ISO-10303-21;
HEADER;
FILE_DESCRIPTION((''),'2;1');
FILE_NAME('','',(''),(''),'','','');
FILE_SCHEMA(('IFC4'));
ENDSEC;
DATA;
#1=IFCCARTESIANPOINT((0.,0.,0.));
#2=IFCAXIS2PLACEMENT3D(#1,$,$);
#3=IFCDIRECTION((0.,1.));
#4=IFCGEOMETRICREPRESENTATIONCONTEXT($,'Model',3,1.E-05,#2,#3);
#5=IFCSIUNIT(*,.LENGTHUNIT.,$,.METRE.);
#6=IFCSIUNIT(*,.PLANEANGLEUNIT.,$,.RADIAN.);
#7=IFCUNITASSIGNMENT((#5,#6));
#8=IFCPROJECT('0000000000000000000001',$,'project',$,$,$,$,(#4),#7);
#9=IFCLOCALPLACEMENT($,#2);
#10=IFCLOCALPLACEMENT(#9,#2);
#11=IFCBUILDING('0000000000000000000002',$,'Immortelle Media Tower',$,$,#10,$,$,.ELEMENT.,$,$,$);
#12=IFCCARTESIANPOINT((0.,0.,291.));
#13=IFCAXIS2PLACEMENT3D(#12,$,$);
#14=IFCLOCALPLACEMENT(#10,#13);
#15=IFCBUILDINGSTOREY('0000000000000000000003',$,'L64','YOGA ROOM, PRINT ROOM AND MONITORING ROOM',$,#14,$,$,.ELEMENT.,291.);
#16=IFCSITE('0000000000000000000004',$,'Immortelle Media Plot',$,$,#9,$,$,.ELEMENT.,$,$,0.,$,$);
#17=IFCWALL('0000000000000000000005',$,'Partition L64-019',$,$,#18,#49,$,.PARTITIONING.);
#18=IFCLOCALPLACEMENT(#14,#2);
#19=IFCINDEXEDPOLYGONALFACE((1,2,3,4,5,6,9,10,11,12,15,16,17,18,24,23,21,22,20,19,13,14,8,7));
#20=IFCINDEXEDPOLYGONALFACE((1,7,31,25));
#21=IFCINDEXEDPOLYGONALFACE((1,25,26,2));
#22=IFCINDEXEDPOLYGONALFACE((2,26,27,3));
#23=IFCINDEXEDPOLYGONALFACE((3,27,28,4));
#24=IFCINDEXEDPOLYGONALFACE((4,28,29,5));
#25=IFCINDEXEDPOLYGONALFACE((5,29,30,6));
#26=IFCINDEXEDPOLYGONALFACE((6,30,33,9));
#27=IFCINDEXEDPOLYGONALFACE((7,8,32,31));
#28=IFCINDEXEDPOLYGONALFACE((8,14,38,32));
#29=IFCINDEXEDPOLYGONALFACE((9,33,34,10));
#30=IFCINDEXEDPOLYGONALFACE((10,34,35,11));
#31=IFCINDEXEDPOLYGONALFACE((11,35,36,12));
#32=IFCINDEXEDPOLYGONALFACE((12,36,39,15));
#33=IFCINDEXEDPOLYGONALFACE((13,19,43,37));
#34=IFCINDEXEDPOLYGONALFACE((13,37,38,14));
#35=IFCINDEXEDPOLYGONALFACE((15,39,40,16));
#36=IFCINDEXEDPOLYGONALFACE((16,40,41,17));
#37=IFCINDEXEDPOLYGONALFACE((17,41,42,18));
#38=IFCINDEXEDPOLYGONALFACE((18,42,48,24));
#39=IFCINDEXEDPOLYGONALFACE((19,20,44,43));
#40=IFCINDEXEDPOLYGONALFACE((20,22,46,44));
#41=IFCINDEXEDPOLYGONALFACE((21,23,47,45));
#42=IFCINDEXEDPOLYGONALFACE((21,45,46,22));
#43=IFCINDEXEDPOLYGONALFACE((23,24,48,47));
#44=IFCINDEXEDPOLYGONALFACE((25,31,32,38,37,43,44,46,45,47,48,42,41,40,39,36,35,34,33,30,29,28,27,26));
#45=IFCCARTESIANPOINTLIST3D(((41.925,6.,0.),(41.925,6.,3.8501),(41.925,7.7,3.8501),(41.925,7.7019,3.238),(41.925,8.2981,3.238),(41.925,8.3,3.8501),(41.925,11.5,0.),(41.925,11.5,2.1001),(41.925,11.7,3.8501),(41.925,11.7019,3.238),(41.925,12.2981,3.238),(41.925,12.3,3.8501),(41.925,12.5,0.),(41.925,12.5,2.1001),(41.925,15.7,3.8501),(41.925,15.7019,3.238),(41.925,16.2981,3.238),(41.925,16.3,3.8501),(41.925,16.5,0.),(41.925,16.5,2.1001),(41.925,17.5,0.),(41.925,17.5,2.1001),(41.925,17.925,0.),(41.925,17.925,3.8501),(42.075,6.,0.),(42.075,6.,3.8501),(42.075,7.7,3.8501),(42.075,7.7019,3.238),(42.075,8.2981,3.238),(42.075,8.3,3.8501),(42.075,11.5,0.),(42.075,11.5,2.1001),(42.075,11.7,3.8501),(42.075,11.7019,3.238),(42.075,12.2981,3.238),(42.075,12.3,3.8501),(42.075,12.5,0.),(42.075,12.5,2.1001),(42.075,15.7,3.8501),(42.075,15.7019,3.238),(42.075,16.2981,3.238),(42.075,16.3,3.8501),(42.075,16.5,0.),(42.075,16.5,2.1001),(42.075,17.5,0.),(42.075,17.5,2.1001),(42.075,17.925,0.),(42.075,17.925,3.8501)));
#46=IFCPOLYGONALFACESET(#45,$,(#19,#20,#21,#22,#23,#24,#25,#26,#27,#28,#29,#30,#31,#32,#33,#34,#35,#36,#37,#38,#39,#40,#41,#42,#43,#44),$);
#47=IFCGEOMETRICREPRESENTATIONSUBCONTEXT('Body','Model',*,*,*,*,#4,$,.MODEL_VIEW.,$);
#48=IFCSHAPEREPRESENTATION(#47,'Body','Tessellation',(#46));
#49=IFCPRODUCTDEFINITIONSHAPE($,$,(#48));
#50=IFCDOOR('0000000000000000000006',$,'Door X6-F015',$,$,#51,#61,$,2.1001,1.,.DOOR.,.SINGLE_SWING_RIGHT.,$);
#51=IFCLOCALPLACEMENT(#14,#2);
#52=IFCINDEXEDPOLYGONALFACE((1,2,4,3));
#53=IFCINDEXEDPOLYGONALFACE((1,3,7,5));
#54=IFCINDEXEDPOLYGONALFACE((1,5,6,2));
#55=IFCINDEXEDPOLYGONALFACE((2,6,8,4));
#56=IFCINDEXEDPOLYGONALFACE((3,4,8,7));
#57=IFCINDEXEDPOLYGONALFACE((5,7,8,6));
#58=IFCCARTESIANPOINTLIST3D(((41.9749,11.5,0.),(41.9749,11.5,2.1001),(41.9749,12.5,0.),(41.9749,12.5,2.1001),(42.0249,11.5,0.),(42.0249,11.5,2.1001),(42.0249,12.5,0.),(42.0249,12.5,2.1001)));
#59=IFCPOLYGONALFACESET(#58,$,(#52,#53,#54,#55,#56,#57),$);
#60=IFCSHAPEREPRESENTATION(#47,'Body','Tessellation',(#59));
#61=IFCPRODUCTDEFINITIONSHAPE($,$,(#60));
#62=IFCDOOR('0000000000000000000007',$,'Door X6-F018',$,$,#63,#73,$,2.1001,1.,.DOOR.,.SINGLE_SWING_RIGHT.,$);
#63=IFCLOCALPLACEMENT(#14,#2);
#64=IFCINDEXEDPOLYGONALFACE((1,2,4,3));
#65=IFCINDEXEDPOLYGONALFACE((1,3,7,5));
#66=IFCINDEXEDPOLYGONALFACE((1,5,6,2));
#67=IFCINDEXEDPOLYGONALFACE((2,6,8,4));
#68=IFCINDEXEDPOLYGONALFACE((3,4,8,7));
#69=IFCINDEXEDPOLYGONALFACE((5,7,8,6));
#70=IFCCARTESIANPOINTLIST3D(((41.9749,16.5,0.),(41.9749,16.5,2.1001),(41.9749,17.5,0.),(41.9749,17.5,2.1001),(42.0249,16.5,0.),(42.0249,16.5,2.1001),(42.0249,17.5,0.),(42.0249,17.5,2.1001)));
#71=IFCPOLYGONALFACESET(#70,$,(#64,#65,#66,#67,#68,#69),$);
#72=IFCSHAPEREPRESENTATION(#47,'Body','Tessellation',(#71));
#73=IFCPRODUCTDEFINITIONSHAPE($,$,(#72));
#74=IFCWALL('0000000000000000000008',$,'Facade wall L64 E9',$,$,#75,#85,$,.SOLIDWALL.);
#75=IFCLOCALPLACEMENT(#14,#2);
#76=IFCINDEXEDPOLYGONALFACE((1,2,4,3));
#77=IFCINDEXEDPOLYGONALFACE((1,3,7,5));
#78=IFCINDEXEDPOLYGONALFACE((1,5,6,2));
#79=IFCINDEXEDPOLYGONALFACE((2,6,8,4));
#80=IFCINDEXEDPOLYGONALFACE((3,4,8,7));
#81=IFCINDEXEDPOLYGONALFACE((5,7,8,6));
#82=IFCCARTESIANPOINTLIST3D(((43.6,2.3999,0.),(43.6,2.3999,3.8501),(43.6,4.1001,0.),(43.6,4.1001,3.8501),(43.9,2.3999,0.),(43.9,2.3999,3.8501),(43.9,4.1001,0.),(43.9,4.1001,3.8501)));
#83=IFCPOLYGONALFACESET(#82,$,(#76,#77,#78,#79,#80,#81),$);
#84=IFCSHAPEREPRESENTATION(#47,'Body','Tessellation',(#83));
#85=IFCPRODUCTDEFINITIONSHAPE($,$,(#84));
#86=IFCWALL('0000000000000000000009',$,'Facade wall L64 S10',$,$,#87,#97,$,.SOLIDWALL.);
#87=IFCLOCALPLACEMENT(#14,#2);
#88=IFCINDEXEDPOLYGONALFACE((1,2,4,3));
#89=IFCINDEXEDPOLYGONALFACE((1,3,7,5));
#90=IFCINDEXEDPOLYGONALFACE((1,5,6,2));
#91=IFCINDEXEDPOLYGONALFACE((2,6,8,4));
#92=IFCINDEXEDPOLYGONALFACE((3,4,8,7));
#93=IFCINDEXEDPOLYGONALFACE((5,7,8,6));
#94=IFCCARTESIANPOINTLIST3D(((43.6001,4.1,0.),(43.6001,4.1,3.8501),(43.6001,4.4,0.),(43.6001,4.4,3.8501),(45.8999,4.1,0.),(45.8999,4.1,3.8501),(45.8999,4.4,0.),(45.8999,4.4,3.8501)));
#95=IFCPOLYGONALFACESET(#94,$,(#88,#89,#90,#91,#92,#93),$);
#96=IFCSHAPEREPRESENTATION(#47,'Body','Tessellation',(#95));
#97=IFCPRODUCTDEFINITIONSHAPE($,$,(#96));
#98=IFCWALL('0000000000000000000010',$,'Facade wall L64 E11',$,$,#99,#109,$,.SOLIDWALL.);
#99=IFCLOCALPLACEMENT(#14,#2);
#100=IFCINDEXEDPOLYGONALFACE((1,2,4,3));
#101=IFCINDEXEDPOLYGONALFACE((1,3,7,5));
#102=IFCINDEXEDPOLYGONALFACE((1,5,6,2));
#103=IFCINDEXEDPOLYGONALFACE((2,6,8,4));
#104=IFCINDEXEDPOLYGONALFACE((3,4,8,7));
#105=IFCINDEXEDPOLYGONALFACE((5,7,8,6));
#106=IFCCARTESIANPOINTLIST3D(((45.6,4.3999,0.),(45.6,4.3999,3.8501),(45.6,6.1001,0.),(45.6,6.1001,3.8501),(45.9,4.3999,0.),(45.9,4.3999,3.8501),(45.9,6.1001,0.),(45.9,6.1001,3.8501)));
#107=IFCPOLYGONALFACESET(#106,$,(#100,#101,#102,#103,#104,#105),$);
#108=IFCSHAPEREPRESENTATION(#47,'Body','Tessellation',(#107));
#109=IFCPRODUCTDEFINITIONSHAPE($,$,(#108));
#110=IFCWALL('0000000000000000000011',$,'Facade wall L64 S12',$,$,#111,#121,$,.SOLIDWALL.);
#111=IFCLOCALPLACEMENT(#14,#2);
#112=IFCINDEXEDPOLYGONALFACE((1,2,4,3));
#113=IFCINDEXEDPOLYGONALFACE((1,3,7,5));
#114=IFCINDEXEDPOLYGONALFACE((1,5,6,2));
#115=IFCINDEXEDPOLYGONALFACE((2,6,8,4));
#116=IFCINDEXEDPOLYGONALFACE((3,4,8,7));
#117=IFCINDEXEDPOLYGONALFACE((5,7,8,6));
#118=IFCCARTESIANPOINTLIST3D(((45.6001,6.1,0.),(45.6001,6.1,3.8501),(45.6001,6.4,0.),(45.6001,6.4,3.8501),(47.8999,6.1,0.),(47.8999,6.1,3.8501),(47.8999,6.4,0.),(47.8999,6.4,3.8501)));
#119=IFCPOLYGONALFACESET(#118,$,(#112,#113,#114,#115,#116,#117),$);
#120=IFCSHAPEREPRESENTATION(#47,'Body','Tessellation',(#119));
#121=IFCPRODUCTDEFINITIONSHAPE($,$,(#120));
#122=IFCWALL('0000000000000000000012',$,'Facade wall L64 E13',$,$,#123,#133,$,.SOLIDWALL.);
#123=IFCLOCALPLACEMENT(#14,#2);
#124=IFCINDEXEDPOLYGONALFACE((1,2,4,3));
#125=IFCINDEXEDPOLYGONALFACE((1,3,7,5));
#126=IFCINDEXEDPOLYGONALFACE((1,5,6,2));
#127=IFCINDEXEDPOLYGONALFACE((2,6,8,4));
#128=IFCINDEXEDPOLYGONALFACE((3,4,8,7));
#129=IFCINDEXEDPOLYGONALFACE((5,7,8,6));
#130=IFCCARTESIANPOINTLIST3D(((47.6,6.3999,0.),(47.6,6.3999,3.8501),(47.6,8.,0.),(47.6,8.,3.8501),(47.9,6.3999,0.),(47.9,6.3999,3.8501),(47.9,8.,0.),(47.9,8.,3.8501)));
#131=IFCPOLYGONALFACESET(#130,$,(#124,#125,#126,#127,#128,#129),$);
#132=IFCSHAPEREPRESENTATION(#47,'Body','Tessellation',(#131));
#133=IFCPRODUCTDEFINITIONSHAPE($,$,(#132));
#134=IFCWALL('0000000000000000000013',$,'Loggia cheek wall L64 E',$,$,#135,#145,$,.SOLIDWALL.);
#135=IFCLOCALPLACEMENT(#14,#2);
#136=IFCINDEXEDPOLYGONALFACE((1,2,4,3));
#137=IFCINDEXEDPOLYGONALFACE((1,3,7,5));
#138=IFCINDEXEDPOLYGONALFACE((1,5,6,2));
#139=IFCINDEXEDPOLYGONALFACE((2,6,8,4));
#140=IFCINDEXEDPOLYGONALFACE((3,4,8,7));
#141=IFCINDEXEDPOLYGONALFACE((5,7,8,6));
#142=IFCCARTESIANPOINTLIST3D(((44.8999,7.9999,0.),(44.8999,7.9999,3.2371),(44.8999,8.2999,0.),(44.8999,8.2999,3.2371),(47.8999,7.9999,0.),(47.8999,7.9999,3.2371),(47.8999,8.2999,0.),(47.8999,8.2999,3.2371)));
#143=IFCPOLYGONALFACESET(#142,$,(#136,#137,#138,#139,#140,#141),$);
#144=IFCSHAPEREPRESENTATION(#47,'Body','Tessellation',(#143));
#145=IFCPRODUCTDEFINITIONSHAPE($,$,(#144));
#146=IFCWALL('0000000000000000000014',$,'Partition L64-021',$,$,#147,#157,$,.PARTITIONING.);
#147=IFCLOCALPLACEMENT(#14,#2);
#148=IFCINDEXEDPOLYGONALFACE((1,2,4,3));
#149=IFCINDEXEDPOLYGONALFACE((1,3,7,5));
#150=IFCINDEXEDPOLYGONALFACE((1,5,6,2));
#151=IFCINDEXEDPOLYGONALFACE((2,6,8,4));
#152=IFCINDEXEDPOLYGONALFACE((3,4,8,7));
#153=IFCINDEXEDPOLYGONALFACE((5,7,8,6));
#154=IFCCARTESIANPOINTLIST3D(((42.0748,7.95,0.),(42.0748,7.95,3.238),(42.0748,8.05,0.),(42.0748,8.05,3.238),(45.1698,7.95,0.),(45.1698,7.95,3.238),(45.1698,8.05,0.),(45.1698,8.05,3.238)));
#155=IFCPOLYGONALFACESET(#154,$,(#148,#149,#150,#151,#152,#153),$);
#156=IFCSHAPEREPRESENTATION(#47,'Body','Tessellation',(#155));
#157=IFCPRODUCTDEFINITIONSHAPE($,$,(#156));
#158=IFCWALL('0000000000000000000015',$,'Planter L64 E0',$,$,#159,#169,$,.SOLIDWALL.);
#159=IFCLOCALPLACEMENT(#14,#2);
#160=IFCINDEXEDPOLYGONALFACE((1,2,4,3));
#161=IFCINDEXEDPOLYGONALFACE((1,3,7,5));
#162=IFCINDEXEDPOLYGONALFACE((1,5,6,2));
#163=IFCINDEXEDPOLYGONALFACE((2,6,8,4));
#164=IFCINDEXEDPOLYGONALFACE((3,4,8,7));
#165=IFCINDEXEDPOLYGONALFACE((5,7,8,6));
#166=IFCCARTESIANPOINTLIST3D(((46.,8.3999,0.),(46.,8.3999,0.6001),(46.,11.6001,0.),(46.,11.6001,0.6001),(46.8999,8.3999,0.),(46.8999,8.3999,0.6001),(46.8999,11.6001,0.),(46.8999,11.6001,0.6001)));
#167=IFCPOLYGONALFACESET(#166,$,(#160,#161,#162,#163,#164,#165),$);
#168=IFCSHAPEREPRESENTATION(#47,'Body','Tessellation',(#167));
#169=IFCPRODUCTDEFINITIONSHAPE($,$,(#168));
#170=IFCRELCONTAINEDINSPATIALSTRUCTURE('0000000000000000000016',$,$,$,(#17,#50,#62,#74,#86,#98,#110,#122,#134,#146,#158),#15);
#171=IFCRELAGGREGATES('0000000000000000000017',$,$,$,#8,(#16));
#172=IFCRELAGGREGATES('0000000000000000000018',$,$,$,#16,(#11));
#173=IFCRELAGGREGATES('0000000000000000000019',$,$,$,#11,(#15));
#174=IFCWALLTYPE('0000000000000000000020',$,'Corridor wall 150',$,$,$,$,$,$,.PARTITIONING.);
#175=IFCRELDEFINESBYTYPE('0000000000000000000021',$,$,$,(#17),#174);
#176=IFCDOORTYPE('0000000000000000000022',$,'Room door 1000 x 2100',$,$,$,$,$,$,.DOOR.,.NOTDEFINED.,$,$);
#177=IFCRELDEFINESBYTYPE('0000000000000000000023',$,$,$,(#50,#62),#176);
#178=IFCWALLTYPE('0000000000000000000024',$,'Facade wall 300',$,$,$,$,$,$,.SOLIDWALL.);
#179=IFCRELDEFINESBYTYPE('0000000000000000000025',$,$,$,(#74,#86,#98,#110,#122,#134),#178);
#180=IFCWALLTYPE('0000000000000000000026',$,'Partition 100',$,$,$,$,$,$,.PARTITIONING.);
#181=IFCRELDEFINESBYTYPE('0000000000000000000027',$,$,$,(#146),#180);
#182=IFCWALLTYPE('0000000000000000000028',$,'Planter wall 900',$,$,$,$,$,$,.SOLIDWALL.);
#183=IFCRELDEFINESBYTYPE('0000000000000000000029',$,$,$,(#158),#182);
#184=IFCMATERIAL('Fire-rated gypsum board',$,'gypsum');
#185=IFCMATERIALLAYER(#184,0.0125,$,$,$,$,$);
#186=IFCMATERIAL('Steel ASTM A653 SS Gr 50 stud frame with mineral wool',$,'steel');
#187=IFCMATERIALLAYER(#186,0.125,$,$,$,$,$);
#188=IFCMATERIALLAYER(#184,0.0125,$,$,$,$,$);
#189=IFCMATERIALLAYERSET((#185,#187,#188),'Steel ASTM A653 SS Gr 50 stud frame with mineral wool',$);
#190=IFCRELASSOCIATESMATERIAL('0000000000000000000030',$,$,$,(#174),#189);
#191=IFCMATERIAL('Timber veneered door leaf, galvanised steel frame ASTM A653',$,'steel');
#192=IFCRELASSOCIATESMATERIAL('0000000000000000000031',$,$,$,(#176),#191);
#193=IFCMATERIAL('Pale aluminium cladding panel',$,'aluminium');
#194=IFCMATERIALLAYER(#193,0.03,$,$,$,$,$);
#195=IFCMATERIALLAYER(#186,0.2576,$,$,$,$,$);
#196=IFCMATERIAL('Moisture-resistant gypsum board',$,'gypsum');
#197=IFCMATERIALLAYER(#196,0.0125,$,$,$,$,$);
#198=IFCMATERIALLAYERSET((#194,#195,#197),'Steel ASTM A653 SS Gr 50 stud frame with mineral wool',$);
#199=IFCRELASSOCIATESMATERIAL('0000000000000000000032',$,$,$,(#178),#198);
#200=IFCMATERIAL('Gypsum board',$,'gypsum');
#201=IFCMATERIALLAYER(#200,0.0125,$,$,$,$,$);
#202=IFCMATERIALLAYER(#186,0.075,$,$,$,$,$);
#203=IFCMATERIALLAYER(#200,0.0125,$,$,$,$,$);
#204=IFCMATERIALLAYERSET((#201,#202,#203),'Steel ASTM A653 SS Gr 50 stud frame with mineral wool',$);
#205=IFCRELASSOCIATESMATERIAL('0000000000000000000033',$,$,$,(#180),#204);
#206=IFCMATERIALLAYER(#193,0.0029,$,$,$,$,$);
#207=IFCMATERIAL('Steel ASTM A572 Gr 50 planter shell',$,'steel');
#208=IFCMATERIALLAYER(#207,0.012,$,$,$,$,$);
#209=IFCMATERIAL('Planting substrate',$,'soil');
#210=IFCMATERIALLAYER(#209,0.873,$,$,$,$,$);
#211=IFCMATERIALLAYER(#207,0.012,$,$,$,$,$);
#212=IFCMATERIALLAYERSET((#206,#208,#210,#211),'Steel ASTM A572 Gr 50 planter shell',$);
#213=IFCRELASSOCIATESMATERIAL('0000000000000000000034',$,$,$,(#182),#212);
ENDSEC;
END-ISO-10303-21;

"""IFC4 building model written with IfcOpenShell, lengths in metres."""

from ifc_helpers import new_model, si_unit, direction, frame, frame_2d, origin, place, context, subcontext, project, spatial, polyline, rectangle, outline, extrude, material, layer, layer_set, type_object, element, fill, save


model = new_model("IFC4")

# Units and contexts
model_context = context("Model", 3, precision=1e-05, world=origin(), true_north=direction((0.0, 1.0)))
body_context = subcontext(model_context, "Body", "Model", "MODEL_VIEW")
ifc_project = project(units=[si_unit("LENGTHUNIT", "METRE"), si_unit("PLANEANGLEUNIT", "RADIAN")], contexts=[model_context])

# Site, building, storey
site_placement = place(None, origin())
site = spatial("IfcSite", under=ifc_project, at=site_placement, Name="Immortelle Media Plot", CompositionType="ELEMENT", RefElevation=0.0)
building_placement = place(site_placement, origin())
building = spatial("IfcBuilding", under=site, at=building_placement, Name="Immortelle Media Tower", CompositionType="ELEMENT")
storey_placement = place(building_placement, frame((0.0, 0.0, 291.0)))
storey = spatial("IfcBuildingStorey", under=building, at=storey_placement, Name="L64", Description="YOGA ROOM, PRINT ROOM AND MONITORING ROOM", CompositionType="ELEMENT", Elevation=291.0)

# Wall, openings, doors
ifc_material_1 = material(Name="Fire-rated gypsum board", Category="gypsum")
ifc_layer_1 = layer(ifc_material_1, 0.0125)
ifc_material_2 = material(Name="Steel ASTM A653 SS Gr 50 stud frame with mineral wool", Category="steel")
ifc_layer_2 = layer(ifc_material_2, 0.125)
ifc_layer_3 = layer(ifc_material_1, 0.0125)
ifc_layer_set_1 = layer_set([ifc_layer_1, ifc_layer_2, ifc_layer_3], Name="Steel ASTM A653 SS Gr 50 stud frame with mineral wool")
wall_type_1 = type_object("IfcWallType", Name="Corridor wall 150", PredefinedType="PARTITIONING", material=ifc_layer_set_1)
wall_1_placement = place(storey_placement, frame((42.0, 6.0, 0.0), z_axis=(0.0, 0.0, 1.0), x_axis=(0.0, 1.0, 0.0)))
wall_1 = element("IfcWall", 1, at=wall_1_placement, inside=storey, type_object=wall_type_1, Name="Partition L64-019", PredefinedType="PARTITIONING", context=body_context, shape_type="SweptSolid", body=[
    extrude(outline(polyline([(0.0, 0.0), (11.925, 0.0), (11.925, 3.8501), (10.3, 3.8501), (10.2981, 3.238), (9.7019, 3.238), (9.7, 3.8501), (6.3, 3.8501), (6.2981, 3.238), (5.7019, 3.238), (5.7, 3.8501), (2.3, 3.8501), (2.2981, 3.238), (1.7019, 3.238), (1.7, 3.8501), (0.0, 3.8501), (0.0, 0.0)])), frame((0.0, 0.075, 0.0), z_axis=(0.0, -1.0, 0.0), x_axis=(1.0, 0.0, 0.0)), (0.0, 0.0, 1.0), 0.1499),
])
opening_1_placement = place(wall_1_placement, frame((6.5, 0.0, 0.0), z_axis=(0.0, 0.0, 1.0), x_axis=(-1.0, 0.0, 0.0)))
opening_1 = element("IfcOpeningElement", 2, at=opening_1_placement, cuts=wall_1, PredefinedType="OPENING", context=body_context, shape_type="SweptSolid", body=[
    extrude(rectangle(XDim=1.0, YDim=2.1001, at=frame_2d((0.5, 1.05))), frame((0.0, 0.085, 0.0), z_axis=(0.0, -1.0, 0.0), x_axis=(1.0, 0.0, 0.0)), (0.0, 0.0, 1.0), 0.1699),
])
opening_2_placement = place(wall_1_placement, frame((11.5, 0.0, 0.0), z_axis=(0.0, 0.0, 1.0), x_axis=(-1.0, 0.0, 0.0)))
opening_2 = element("IfcOpeningElement", 3, at=opening_2_placement, cuts=wall_1, PredefinedType="OPENING", context=body_context, shape_type="SweptSolid", body=[
    extrude(rectangle(XDim=1.0, YDim=2.1001, at=frame_2d((0.5, 1.05))), frame((0.0, 0.085, 0.0), z_axis=(0.0, -1.0, 0.0), x_axis=(1.0, 0.0, 0.0)), (0.0, 0.0, 1.0), 0.1699),
])
ifc_material_3 = material(Name="Timber veneered door leaf, galvanised steel frame ASTM A653", Category="steel")
door_type_1 = type_object("IfcDoorType", Name="Room door 1000 x 2100", OperationType="NOTDEFINED", PredefinedType="DOOR", material=ifc_material_3)
door_1_placement = place(opening_1_placement, origin())
door_1 = element("IfcDoor", 4, at=door_1_placement, inside=storey, type_object=door_type_1, Name="Door X6-F015", OperationType="SINGLE_SWING_RIGHT", OverallHeight=2.1001, OverallWidth=1.0, PredefinedType="DOOR", context=body_context, shape_type="SweptSolid", body=[
    extrude(rectangle(XDim=1.0, YDim=2.1001, at=frame_2d((0.5, 1.05))), frame((0.0, 0.0249, 0.0), z_axis=(0.0, -1.0, 0.0), x_axis=(1.0, 0.0, 0.0)), (0.0, 0.0, 1.0), 0.05),
])
fill(opening_1, door_1)
door_2_placement = place(opening_2_placement, origin())
door_2 = element("IfcDoor", 5, at=door_2_placement, inside=storey, type_object=door_type_1, Name="Door X6-F018", OperationType="SINGLE_SWING_RIGHT", OverallHeight=2.1001, OverallWidth=1.0, PredefinedType="DOOR", context=body_context, shape_type="SweptSolid", body=[
    extrude(rectangle(XDim=1.0, YDim=2.1001, at=frame_2d((0.5, 1.05))), frame((0.0, 0.0249, 0.0), z_axis=(0.0, -1.0, 0.0), x_axis=(1.0, 0.0, 0.0)), (0.0, 0.0, 1.0), 0.05),
])
fill(opening_2, door_2)

# Walls
ifc_material_4 = material(Name="Pale aluminium cladding panel", Category="aluminium")
ifc_layer_4 = layer(ifc_material_4, 0.03)
ifc_layer_5 = layer(ifc_material_2, 0.2576)
ifc_material_5 = material(Name="Moisture-resistant gypsum board", Category="gypsum")
ifc_layer_6 = layer(ifc_material_5, 0.0125)
ifc_layer_set_2 = layer_set([ifc_layer_4, ifc_layer_5, ifc_layer_6], Name="Steel ASTM A653 SS Gr 50 stud frame with mineral wool")
wall_type_2 = type_object("IfcWallType", Name="Facade wall 300", PredefinedType="SOLIDWALL", material=ifc_layer_set_2)
wall_2_placement = place(storey_placement, frame((43.75, 2.3999, 0.0), z_axis=(0.0, 0.0, 1.0), x_axis=(0.0, 1.0, 0.0)))
element("IfcWall", 6, at=wall_2_placement, inside=storey, type_object=wall_type_2, Name="Facade wall L64 E9", PredefinedType="SOLIDWALL", context=body_context, shape_type="SweptSolid", body=[
    extrude(rectangle(XDim=1.7002, YDim=0.3, at=frame_2d((0.8501, 0.0))), origin(), (0.0, 0.0, 1.0), 3.8501),
])
wall_3_placement = place(storey_placement, frame((43.6001, 4.25, 0.0), z_axis=(0.0, 0.0, 1.0), x_axis=(1.0, 0.0, 0.0)))
element("IfcWall", 7, at=wall_3_placement, inside=storey, type_object=wall_type_2, Name="Facade wall L64 S10", PredefinedType="SOLIDWALL", context=body_context, shape_type="SweptSolid", body=[
    extrude(rectangle(XDim=2.2998, YDim=0.3, at=frame_2d((1.1499, 0.0))), origin(), (0.0, 0.0, 1.0), 3.8501),
])
wall_4_placement = place(storey_placement, frame((45.75, 4.3999, 0.0), z_axis=(0.0, 0.0, 1.0), x_axis=(0.0, 1.0, 0.0)))
element("IfcWall", 8, at=wall_4_placement, inside=storey, type_object=wall_type_2, Name="Facade wall L64 E11", PredefinedType="SOLIDWALL", context=body_context, shape_type="SweptSolid", body=[
    extrude(rectangle(XDim=1.7002, YDim=0.3, at=frame_2d((0.8501, 0.0))), origin(), (0.0, 0.0, 1.0), 3.8501),
])
wall_5_placement = place(storey_placement, frame((45.6001, 6.25, 0.0), z_axis=(0.0, 0.0, 1.0), x_axis=(1.0, 0.0, 0.0)))
element("IfcWall", 9, at=wall_5_placement, inside=storey, type_object=wall_type_2, Name="Facade wall L64 S12", PredefinedType="SOLIDWALL", context=body_context, shape_type="SweptSolid", body=[
    extrude(rectangle(XDim=2.2998, YDim=0.3, at=frame_2d((1.1499, 0.0))), origin(), (0.0, 0.0, 1.0), 3.8501),
])
wall_6_placement = place(storey_placement, frame((47.75, 6.3999, 0.0), z_axis=(0.0, 0.0, 1.0), x_axis=(0.0, 1.0, 0.0)))
element("IfcWall", 10, at=wall_6_placement, inside=storey, type_object=wall_type_2, Name="Facade wall L64 E13", PredefinedType="SOLIDWALL", context=body_context, shape_type="SweptSolid", body=[
    extrude(rectangle(XDim=1.6001, YDim=0.3, at=frame_2d((0.8, 0.0))), origin(), (0.0, 0.0, 1.0), 3.8501),
])

# Walls
wall_7_placement = place(storey_placement, frame((47.8999, 8.1499, 0.0), z_axis=(0.0, 0.0, 1.0), x_axis=(-1.0, 0.0, 0.0)))
element("IfcWall", 11, at=wall_7_placement, inside=storey, type_object=wall_type_2, Name="Loggia cheek wall L64 E", PredefinedType="SOLIDWALL", context=body_context, shape_type="SweptSolid", body=[
    extrude(rectangle(XDim=3.0, YDim=0.3, at=frame_2d((1.5, 0.0))), origin(), (0.0, 0.0, 1.0), 3.2371),
])
ifc_material_6 = material(Name="Gypsum board", Category="gypsum")
ifc_layer_7 = layer(ifc_material_6, 0.0125)
ifc_layer_8 = layer(ifc_material_2, 0.075)
ifc_layer_9 = layer(ifc_material_6, 0.0125)
ifc_layer_set_3 = layer_set([ifc_layer_7, ifc_layer_8, ifc_layer_9], Name="Steel ASTM A653 SS Gr 50 stud frame with mineral wool")
wall_type_3 = type_object("IfcWallType", Name="Partition 100", PredefinedType="PARTITIONING", material=ifc_layer_set_3)
wall_8_placement = place(storey_placement, frame((42.075, 8.0, 0.0), z_axis=(0.0, 0.0, 1.0), x_axis=(1.0, 0.0, 0.0)))
element("IfcWall", 12, at=wall_8_placement, inside=storey, type_object=wall_type_3, Name="Partition L64-021", PredefinedType="PARTITIONING", context=body_context, shape_type="SweptSolid", body=[
    extrude(rectangle(XDim=3.095, YDim=0.1001, at=frame_2d((1.5474, 0.0))), origin(), (0.0, 0.0, 1.0), 3.238),
])
ifc_layer_10 = layer(ifc_material_4, 0.0029)
ifc_material_7 = material(Name="Steel ASTM A572 Gr 50 planter shell", Category="steel")
ifc_layer_11 = layer(ifc_material_7, 0.012)
ifc_material_8 = material(Name="Planting substrate", Category="soil")
ifc_layer_12 = layer(ifc_material_8, 0.873)
ifc_layer_13 = layer(ifc_material_7, 0.012)
ifc_layer_set_4 = layer_set([ifc_layer_10, ifc_layer_11, ifc_layer_12, ifc_layer_13], Name="Steel ASTM A572 Gr 50 planter shell")
wall_type_4 = type_object("IfcWallType", Name="Planter wall 900", PredefinedType="SOLIDWALL", material=ifc_layer_set_4)
wall_9_placement = place(storey_placement, frame((46.45, 8.3999, 0.0), z_axis=(0.0, 0.0, 1.0), x_axis=(0.0, 1.0, 0.0)))
element("IfcWall", 13, at=wall_9_placement, inside=storey, type_object=wall_type_4, Name="Planter L64 E0", PredefinedType="SOLIDWALL", context=body_context, shape_type="SweptSolid", body=[
    extrude(rectangle(XDim=3.2002, YDim=0.8999, at=frame_2d((1.6001, 0.0))), origin(), (0.0, 0.0, 1.0), 0.6001),
])

save(model, "model.ifc")
